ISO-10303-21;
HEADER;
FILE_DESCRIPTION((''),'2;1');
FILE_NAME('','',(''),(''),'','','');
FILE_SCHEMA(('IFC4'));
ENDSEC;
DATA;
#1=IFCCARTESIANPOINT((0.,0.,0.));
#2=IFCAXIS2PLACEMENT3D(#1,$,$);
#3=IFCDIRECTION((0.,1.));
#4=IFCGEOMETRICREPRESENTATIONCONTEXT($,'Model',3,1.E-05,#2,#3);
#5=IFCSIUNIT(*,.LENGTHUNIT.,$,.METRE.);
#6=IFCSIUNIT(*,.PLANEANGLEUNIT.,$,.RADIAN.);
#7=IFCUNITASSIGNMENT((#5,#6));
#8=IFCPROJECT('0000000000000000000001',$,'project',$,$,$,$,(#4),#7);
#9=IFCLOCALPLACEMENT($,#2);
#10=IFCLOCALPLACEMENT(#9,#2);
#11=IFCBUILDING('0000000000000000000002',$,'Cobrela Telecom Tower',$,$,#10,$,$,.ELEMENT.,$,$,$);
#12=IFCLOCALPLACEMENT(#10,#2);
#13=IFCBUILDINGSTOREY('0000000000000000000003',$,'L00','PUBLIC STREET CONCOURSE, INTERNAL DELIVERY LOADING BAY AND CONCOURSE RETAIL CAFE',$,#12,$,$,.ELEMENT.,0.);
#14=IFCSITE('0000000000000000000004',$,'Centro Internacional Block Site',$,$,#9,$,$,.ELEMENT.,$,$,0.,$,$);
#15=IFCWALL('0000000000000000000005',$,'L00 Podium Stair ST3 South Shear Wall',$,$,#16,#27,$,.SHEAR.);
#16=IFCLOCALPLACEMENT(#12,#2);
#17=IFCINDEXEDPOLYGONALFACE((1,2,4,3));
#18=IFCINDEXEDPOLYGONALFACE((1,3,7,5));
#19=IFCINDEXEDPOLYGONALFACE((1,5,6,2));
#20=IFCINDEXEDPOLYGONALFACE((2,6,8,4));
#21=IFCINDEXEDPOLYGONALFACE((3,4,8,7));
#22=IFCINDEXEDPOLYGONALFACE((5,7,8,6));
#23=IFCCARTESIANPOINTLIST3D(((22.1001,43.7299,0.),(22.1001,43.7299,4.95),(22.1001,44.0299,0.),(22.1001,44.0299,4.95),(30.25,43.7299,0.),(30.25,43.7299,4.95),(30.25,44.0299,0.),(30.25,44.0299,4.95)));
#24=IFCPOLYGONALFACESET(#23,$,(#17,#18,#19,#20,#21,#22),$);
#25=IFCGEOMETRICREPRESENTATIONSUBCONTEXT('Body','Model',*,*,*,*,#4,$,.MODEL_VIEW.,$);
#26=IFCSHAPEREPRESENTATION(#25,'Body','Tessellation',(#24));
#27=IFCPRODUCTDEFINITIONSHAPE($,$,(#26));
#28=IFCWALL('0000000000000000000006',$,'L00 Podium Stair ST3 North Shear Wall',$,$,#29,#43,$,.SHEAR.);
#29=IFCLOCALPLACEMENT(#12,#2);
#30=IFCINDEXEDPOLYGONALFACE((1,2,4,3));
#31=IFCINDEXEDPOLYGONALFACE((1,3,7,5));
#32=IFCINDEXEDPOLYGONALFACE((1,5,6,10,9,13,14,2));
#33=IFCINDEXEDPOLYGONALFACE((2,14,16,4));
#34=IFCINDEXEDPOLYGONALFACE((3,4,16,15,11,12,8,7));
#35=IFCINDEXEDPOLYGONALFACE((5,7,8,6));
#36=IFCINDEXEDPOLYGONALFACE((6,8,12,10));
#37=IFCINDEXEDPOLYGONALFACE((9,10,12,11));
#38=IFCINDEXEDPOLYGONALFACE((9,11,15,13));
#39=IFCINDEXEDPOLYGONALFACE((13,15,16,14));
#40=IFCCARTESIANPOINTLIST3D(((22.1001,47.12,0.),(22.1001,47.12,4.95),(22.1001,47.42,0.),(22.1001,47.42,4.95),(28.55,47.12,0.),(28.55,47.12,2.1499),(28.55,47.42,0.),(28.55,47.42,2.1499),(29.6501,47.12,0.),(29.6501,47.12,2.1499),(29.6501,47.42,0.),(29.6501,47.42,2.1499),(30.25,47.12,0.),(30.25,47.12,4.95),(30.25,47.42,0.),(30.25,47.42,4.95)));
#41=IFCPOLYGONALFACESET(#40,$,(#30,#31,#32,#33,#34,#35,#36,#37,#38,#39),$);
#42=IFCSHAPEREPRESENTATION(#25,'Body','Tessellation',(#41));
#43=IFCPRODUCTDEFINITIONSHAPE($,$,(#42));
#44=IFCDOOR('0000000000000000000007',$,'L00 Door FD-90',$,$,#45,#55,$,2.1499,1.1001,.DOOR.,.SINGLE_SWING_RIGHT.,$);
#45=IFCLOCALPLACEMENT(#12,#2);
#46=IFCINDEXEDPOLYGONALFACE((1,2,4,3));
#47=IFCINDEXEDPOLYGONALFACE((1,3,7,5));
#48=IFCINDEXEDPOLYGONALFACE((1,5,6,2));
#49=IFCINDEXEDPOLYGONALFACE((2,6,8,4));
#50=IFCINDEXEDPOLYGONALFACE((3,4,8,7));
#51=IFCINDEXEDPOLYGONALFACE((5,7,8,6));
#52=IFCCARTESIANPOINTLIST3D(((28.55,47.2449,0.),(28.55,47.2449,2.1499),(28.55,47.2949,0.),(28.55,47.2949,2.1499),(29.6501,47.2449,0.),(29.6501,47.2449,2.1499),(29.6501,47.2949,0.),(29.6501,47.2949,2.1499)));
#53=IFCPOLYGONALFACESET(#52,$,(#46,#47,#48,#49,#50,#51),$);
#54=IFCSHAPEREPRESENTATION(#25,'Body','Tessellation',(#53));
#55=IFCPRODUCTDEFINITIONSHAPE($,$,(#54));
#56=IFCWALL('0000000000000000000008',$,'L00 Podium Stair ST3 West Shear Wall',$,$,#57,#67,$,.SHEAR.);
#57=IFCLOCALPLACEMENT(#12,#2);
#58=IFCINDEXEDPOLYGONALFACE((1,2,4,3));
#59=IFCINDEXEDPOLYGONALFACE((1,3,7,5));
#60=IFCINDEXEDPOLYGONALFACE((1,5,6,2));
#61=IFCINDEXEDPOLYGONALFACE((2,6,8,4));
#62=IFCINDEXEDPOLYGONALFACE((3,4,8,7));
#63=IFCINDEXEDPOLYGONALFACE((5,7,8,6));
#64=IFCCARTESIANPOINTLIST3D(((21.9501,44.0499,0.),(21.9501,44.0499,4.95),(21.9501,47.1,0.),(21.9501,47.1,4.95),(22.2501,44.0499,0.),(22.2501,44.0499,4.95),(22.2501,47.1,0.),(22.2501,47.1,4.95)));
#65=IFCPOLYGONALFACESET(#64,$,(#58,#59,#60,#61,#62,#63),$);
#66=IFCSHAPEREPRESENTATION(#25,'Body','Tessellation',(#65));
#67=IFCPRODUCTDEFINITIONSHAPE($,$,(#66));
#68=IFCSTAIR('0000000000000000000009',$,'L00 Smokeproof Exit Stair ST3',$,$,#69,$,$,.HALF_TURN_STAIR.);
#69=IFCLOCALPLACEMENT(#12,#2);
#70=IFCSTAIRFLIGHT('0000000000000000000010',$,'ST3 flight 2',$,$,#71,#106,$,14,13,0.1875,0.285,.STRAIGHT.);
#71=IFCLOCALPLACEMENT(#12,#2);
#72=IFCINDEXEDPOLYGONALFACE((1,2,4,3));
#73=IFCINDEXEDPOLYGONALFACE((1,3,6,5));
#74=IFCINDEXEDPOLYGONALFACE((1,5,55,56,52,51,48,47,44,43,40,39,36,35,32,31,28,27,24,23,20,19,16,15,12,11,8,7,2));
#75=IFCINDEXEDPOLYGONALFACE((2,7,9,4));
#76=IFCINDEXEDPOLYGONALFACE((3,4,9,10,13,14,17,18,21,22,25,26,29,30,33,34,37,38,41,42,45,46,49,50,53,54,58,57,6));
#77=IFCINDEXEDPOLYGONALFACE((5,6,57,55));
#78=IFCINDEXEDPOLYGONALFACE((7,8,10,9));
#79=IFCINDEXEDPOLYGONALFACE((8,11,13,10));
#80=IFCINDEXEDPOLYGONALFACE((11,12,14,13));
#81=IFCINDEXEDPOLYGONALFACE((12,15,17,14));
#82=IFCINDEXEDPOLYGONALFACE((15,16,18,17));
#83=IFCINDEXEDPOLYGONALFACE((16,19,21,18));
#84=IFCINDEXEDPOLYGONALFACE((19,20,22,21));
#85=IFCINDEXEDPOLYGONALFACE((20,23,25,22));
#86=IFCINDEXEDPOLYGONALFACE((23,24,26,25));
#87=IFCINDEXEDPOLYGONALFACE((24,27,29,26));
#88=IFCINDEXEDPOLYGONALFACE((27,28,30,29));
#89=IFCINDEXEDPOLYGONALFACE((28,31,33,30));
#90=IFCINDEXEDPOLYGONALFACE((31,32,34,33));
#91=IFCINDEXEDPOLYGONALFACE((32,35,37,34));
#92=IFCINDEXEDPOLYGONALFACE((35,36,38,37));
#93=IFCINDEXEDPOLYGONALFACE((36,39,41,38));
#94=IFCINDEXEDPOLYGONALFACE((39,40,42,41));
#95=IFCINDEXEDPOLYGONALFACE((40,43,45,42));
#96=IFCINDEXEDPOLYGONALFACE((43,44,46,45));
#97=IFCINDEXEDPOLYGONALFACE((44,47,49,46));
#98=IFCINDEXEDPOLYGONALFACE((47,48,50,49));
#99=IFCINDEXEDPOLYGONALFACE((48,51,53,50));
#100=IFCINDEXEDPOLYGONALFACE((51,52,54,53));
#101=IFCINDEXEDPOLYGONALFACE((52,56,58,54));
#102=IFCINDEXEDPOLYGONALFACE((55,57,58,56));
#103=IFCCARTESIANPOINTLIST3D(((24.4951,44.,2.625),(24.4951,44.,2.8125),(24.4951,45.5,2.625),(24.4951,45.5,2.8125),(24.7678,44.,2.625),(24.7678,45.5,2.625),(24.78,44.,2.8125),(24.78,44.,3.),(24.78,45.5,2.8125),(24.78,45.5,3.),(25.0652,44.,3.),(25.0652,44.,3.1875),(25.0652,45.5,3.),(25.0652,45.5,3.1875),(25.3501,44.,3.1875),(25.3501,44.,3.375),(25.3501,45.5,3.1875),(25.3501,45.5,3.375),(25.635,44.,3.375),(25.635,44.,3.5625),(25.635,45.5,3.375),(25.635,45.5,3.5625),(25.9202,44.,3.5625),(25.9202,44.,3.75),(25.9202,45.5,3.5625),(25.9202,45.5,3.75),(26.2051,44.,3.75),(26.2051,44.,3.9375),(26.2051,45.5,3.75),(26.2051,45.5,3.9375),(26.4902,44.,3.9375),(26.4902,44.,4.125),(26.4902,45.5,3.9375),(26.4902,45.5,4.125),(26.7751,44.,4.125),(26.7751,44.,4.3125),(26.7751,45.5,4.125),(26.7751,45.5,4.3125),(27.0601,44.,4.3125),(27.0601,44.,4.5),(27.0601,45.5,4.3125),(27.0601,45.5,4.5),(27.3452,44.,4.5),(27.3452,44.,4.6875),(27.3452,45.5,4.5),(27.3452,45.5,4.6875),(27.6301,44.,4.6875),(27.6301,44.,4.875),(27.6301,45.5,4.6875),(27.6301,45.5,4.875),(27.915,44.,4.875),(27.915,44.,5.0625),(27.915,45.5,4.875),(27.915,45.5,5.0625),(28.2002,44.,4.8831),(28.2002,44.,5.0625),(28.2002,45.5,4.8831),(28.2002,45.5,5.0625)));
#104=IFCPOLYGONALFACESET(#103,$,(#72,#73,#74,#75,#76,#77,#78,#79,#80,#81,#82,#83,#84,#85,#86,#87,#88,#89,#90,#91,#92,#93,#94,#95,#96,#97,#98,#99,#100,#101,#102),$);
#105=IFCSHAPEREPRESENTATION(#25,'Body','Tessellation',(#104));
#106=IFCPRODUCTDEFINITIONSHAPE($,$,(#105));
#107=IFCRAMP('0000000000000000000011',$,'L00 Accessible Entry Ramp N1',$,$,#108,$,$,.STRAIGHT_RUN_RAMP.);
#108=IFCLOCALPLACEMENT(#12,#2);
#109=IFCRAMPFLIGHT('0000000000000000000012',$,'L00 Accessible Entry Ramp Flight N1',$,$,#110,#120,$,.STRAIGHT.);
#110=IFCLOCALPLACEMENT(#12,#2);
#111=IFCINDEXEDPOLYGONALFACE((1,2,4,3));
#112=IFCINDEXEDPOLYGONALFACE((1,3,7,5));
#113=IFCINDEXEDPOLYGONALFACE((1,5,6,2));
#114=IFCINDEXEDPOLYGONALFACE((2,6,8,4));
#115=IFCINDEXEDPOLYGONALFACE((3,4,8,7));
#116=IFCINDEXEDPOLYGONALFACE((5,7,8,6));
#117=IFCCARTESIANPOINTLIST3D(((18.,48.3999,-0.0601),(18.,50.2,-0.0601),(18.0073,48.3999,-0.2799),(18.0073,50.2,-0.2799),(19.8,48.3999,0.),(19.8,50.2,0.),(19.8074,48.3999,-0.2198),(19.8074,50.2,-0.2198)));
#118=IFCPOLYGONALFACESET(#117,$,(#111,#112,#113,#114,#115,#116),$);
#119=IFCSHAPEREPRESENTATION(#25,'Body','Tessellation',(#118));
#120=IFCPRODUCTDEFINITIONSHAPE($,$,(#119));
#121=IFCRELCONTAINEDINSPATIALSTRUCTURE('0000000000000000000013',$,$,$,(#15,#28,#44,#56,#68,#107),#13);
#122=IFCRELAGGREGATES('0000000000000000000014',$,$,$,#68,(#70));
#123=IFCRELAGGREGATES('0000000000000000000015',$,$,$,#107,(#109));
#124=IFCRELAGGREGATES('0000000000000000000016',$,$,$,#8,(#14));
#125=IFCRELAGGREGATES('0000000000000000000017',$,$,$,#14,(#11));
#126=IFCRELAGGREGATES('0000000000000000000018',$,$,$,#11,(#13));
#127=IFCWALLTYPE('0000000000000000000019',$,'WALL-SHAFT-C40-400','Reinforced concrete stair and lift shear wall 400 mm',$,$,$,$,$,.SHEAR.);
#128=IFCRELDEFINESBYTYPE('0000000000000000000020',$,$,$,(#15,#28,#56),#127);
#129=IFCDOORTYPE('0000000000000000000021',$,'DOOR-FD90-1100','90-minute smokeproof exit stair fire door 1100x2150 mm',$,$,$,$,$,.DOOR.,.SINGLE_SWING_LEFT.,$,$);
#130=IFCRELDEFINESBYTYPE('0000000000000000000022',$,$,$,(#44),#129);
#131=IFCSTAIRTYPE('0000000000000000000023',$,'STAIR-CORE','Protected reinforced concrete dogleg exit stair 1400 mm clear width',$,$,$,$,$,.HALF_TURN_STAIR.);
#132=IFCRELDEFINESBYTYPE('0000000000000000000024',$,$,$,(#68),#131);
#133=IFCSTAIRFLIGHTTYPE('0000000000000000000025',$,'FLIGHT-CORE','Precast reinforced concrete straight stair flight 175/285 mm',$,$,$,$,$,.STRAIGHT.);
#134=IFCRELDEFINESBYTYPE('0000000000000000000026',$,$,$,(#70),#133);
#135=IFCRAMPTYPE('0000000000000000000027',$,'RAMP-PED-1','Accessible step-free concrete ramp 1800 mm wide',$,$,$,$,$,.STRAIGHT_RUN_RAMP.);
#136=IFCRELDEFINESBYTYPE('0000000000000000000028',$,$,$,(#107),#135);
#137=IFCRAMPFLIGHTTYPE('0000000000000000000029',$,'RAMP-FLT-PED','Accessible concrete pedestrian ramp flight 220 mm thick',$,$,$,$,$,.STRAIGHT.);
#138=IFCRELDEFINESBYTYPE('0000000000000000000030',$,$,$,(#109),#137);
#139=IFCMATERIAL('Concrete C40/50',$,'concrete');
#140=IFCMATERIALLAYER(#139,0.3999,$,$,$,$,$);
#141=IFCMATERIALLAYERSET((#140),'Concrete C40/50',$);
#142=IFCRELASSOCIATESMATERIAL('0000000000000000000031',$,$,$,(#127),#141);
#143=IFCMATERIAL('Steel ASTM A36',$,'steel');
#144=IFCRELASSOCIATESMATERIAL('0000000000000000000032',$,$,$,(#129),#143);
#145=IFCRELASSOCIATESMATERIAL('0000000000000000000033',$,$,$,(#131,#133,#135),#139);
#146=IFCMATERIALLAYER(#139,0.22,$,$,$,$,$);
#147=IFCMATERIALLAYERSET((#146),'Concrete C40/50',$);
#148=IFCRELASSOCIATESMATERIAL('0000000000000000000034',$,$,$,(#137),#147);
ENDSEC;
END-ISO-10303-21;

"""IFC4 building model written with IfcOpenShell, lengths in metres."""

from ifc_helpers import new_model, si_unit, direction, frame, frame_2d, origin, place, context, subcontext, project, spatial, polyline, rectangle, outline, extrude, material, layer, layer_set, type_object, element, fill, aggregate, save


model = new_model("IFC4")

# Units and contexts
model_context = context("Model", 3, precision=1e-05, world=origin(), true_north=direction((0.0, 1.0)))
body_context = subcontext(model_context, "Body", "Model", "MODEL_VIEW")
ifc_project = project(units=[si_unit("LENGTHUNIT", "METRE"), si_unit("PLANEANGLEUNIT", "RADIAN")], contexts=[model_context])

# Site, building, storey
site_placement = place(None, origin())
site = spatial("IfcSite", under=ifc_project, at=site_placement, Name="Centro Internacional Block Site", CompositionType="ELEMENT", RefElevation=0.0)
building_placement = place(site_placement, origin())
building = spatial("IfcBuilding", under=site, at=building_placement, Name="Cobrela Telecom Tower", CompositionType="ELEMENT")
storey_placement = place(building_placement, origin())
storey = spatial("IfcBuildingStorey", under=building, at=storey_placement, Name="L00", Description="PUBLIC STREET CONCOURSE, INTERNAL DELIVERY LOADING BAY AND CONCOURSE RETAIL CAFE", CompositionType="ELEMENT", Elevation=0.0)

# Wall
ifc_material_1 = material(Name="Concrete C40/50", Category="concrete")
ifc_layer_1 = layer(ifc_material_1, 0.3999)
ifc_layer_set_1 = layer_set([ifc_layer_1], Name="Concrete C40/50")
wall_type_1 = type_object("IfcWallType", Name="WALL-SHAFT-C40-400", Description="Reinforced concrete stair and lift shear wall 400 mm", PredefinedType="SHEAR", material=ifc_layer_set_1)
wall_1_placement = place(storey_placement, frame((22.1001, 43.8799, 0.0), z_axis=(0.0, 0.0, 1.0), x_axis=(1.0, 0.0, 0.0)))
element("IfcWall", 1, at=wall_1_placement, inside=storey, type_object=wall_type_1, Name="L00 Podium Stair ST3 South Shear Wall", PredefinedType="SHEAR", context=body_context, shape_type="SweptSolid", body=[
    extrude(rectangle(XDim=8.1499, YDim=0.3, at=frame_2d((4.075, 0.0))), origin(), (0.0, 0.0, 1.0), 4.95),
])

# Wall, opening, door
wall_2_placement = place(storey_placement, frame((22.1001, 47.27, 0.0), z_axis=(0.0, 0.0, 1.0), x_axis=(1.0, 0.0, 0.0)))
wall_2 = element("IfcWall", 2, at=wall_2_placement, inside=storey, type_object=wall_type_1, Name="L00 Podium Stair ST3 North Shear Wall", PredefinedType="SHEAR", context=body_context, shape_type="SweptSolid", body=[
    extrude(rectangle(XDim=8.1499, YDim=0.3, at=frame_2d((4.075, 0.0))), origin(), (0.0, 0.0, 1.0), 4.95),
])
opening_1_placement = place(wall_2_placement, frame((6.45, 0.0, 0.0)))
opening_1 = element("IfcOpeningElement", 3, at=opening_1_placement, cuts=wall_2, PredefinedType="OPENING", context=body_context, shape_type="SweptSolid", body=[
    extrude(rectangle(XDim=1.1001, YDim=2.1499, at=frame_2d((0.55, 1.075))), frame((0.0, 0.1621, 0.0), z_axis=(0.0, -1.0, 0.0), x_axis=(1.0, 0.0, 0.0)), (0.0, 0.0, 1.0), 0.324),
])
ifc_material_2 = material(Name="Steel ASTM A36", Category="steel")
door_type_1 = type_object("IfcDoorType", Name="DOOR-FD90-1100", Description="90-minute smokeproof exit stair fire door 1100x2150 mm", OperationType="SINGLE_SWING_LEFT", PredefinedType="DOOR", material=ifc_material_2)
door_1_placement = place(opening_1_placement, origin())
door_1 = element("IfcDoor", 4, at=door_1_placement, inside=storey, type_object=door_type_1, Name="L00 Door FD-90", OperationType="SINGLE_SWING_RIGHT", OverallHeight=2.1499, OverallWidth=1.1001, PredefinedType="DOOR", context=body_context, shape_type="SweptSolid", body=[
    extrude(rectangle(XDim=1.1001, YDim=2.1499, at=frame_2d((0.55, 1.075))), frame((0.0, 0.0249, 0.0), z_axis=(0.0, -1.0, 0.0), x_axis=(1.0, 0.0, 0.0)), (0.0, 0.0, 1.0), 0.05),
])
fill(opening_1, door_1)

# Wall
wall_3_placement = place(storey_placement, frame((22.1001, 44.05, 0.0), z_axis=(0.0, 0.0, 1.0), x_axis=(0.0, 1.0, 0.0)))
element("IfcWall", 5, at=wall_3_placement, inside=storey, type_object=wall_type_1, Name="L00 Podium Stair ST3 West Shear Wall", PredefinedType="SHEAR", context=body_context, shape_type="SweptSolid", body=[
    extrude(rectangle(XDim=3.05, YDim=0.3, at=frame_2d((1.5249, 0.0))), origin(), (0.0, 0.0, 1.0), 4.95),
])

# Stair, stair flight
stair_type = type_object("IfcStairType", Name="STAIR-CORE", Description="Protected reinforced concrete dogleg exit stair 1400 mm clear width", PredefinedType="HALF_TURN_STAIR", material=ifc_material_1)
stair_placement = place(storey_placement, origin())
stair = element("IfcStair", 6, at=stair_placement, inside=storey, type_object=stair_type, Name="L00 Smokeproof Exit Stair ST3", PredefinedType="HALF_TURN_STAIR")
stair_flight_type = type_object("IfcStairFlightType", Name="FLIGHT-CORE", Description="Precast reinforced concrete straight stair flight 175/285 mm", PredefinedType="STRAIGHT", material=ifc_material_1)
stair_flight_placement = place(storey_placement, frame((24.4951, 44.75, 2.625), z_axis=(0.0, 0.0, 1.0), x_axis=(1.0, 0.0, 0.0)))
stair_flight = element("IfcStairFlight", 7, at=stair_flight_placement, type_object=stair_flight_type, Name="ST3 flight 2", NumberOfRisers=14, NumberOfTreads=13, PredefinedType="STRAIGHT", RiserHeight=0.1875, TreadLength=0.285, context=body_context, shape_type="SweptSolid", body=[
    extrude(outline(polyline([(0.0, 0.0), (0.0, 0.1875), (0.2849, 0.1875), (0.2849, 0.375), (0.5701, 0.375), (0.5701, 0.5625), (0.855, 0.5625), (0.855, 0.75), (1.1399, 0.75), (1.1399, 0.9375), (1.425, 0.9375), (1.425, 1.125), (1.71, 1.125), (1.71, 1.3125), (1.9951, 1.3125), (1.9951, 1.5), (2.28, 1.5), (2.28, 1.6875), (2.5649, 1.6875), (2.5649, 1.875), (2.8501, 1.875), (2.8501, 2.0625), (3.135, 2.0625), (3.135, 2.25), (3.4199, 2.25), (3.4199, 2.4375), (3.7051, 2.4375), (3.7051, 2.625), (3.7051, 2.2581), (0.2727, 0.0), (0.0, 0.0)])), frame((0.0, 0.75, 0.0), z_axis=(0.0, -1.0, 0.0), x_axis=(1.0, 0.0, 0.0)), (0.0, 0.0, 1.0), 1.5),
])
aggregate(stair, [stair_flight])

# Ramp, ramp flight
ramp_type = type_object("IfcRampType", Name="RAMP-PED-1", Description="Accessible step-free concrete ramp 1800 mm wide", PredefinedType="STRAIGHT_RUN_RAMP", material=ifc_material_1)
ramp_placement = place(storey_placement, origin())
ramp = element("IfcRamp", 8, at=ramp_placement, inside=storey, type_object=ramp_type, Name="L00 Accessible Entry Ramp N1", PredefinedType="STRAIGHT_RUN_RAMP")
ifc_layer_2 = layer(ifc_material_1, 0.22)
ifc_layer_set_2 = layer_set([ifc_layer_2], Name="Concrete C40/50")
ramp_flight_type = type_object("IfcRampFlightType", Name="RAMP-FLT-PED", Description="Accessible concrete pedestrian ramp flight 220 mm thick", PredefinedType="STRAIGHT", material=ifc_layer_set_2)
ramp_flight_placement = place(storey_placement, frame((18.0, 48.3999, -0.0601), z_axis=(-0.033346, 0.0, 0.999444), x_axis=(0.999444, 0.0, 0.033346)))
ramp_flight = element("IfcRampFlight", 9, at=ramp_flight_placement, type_object=ramp_flight_type, Name="L00 Accessible Entry Ramp Flight N1", PredefinedType="STRAIGHT", context=body_context, shape_type="SweptSolid", body=[
    extrude(outline(polyline([(0.0, 0.0), (1.8011, 0.0), (1.8011, 1.8), (0.0, 1.8), (0.0, 0.0)])), origin(), (0.0, 0.0, -1.0), 0.22),
])
aggregate(ramp, [ramp_flight])

save(model, "model.ifc")
